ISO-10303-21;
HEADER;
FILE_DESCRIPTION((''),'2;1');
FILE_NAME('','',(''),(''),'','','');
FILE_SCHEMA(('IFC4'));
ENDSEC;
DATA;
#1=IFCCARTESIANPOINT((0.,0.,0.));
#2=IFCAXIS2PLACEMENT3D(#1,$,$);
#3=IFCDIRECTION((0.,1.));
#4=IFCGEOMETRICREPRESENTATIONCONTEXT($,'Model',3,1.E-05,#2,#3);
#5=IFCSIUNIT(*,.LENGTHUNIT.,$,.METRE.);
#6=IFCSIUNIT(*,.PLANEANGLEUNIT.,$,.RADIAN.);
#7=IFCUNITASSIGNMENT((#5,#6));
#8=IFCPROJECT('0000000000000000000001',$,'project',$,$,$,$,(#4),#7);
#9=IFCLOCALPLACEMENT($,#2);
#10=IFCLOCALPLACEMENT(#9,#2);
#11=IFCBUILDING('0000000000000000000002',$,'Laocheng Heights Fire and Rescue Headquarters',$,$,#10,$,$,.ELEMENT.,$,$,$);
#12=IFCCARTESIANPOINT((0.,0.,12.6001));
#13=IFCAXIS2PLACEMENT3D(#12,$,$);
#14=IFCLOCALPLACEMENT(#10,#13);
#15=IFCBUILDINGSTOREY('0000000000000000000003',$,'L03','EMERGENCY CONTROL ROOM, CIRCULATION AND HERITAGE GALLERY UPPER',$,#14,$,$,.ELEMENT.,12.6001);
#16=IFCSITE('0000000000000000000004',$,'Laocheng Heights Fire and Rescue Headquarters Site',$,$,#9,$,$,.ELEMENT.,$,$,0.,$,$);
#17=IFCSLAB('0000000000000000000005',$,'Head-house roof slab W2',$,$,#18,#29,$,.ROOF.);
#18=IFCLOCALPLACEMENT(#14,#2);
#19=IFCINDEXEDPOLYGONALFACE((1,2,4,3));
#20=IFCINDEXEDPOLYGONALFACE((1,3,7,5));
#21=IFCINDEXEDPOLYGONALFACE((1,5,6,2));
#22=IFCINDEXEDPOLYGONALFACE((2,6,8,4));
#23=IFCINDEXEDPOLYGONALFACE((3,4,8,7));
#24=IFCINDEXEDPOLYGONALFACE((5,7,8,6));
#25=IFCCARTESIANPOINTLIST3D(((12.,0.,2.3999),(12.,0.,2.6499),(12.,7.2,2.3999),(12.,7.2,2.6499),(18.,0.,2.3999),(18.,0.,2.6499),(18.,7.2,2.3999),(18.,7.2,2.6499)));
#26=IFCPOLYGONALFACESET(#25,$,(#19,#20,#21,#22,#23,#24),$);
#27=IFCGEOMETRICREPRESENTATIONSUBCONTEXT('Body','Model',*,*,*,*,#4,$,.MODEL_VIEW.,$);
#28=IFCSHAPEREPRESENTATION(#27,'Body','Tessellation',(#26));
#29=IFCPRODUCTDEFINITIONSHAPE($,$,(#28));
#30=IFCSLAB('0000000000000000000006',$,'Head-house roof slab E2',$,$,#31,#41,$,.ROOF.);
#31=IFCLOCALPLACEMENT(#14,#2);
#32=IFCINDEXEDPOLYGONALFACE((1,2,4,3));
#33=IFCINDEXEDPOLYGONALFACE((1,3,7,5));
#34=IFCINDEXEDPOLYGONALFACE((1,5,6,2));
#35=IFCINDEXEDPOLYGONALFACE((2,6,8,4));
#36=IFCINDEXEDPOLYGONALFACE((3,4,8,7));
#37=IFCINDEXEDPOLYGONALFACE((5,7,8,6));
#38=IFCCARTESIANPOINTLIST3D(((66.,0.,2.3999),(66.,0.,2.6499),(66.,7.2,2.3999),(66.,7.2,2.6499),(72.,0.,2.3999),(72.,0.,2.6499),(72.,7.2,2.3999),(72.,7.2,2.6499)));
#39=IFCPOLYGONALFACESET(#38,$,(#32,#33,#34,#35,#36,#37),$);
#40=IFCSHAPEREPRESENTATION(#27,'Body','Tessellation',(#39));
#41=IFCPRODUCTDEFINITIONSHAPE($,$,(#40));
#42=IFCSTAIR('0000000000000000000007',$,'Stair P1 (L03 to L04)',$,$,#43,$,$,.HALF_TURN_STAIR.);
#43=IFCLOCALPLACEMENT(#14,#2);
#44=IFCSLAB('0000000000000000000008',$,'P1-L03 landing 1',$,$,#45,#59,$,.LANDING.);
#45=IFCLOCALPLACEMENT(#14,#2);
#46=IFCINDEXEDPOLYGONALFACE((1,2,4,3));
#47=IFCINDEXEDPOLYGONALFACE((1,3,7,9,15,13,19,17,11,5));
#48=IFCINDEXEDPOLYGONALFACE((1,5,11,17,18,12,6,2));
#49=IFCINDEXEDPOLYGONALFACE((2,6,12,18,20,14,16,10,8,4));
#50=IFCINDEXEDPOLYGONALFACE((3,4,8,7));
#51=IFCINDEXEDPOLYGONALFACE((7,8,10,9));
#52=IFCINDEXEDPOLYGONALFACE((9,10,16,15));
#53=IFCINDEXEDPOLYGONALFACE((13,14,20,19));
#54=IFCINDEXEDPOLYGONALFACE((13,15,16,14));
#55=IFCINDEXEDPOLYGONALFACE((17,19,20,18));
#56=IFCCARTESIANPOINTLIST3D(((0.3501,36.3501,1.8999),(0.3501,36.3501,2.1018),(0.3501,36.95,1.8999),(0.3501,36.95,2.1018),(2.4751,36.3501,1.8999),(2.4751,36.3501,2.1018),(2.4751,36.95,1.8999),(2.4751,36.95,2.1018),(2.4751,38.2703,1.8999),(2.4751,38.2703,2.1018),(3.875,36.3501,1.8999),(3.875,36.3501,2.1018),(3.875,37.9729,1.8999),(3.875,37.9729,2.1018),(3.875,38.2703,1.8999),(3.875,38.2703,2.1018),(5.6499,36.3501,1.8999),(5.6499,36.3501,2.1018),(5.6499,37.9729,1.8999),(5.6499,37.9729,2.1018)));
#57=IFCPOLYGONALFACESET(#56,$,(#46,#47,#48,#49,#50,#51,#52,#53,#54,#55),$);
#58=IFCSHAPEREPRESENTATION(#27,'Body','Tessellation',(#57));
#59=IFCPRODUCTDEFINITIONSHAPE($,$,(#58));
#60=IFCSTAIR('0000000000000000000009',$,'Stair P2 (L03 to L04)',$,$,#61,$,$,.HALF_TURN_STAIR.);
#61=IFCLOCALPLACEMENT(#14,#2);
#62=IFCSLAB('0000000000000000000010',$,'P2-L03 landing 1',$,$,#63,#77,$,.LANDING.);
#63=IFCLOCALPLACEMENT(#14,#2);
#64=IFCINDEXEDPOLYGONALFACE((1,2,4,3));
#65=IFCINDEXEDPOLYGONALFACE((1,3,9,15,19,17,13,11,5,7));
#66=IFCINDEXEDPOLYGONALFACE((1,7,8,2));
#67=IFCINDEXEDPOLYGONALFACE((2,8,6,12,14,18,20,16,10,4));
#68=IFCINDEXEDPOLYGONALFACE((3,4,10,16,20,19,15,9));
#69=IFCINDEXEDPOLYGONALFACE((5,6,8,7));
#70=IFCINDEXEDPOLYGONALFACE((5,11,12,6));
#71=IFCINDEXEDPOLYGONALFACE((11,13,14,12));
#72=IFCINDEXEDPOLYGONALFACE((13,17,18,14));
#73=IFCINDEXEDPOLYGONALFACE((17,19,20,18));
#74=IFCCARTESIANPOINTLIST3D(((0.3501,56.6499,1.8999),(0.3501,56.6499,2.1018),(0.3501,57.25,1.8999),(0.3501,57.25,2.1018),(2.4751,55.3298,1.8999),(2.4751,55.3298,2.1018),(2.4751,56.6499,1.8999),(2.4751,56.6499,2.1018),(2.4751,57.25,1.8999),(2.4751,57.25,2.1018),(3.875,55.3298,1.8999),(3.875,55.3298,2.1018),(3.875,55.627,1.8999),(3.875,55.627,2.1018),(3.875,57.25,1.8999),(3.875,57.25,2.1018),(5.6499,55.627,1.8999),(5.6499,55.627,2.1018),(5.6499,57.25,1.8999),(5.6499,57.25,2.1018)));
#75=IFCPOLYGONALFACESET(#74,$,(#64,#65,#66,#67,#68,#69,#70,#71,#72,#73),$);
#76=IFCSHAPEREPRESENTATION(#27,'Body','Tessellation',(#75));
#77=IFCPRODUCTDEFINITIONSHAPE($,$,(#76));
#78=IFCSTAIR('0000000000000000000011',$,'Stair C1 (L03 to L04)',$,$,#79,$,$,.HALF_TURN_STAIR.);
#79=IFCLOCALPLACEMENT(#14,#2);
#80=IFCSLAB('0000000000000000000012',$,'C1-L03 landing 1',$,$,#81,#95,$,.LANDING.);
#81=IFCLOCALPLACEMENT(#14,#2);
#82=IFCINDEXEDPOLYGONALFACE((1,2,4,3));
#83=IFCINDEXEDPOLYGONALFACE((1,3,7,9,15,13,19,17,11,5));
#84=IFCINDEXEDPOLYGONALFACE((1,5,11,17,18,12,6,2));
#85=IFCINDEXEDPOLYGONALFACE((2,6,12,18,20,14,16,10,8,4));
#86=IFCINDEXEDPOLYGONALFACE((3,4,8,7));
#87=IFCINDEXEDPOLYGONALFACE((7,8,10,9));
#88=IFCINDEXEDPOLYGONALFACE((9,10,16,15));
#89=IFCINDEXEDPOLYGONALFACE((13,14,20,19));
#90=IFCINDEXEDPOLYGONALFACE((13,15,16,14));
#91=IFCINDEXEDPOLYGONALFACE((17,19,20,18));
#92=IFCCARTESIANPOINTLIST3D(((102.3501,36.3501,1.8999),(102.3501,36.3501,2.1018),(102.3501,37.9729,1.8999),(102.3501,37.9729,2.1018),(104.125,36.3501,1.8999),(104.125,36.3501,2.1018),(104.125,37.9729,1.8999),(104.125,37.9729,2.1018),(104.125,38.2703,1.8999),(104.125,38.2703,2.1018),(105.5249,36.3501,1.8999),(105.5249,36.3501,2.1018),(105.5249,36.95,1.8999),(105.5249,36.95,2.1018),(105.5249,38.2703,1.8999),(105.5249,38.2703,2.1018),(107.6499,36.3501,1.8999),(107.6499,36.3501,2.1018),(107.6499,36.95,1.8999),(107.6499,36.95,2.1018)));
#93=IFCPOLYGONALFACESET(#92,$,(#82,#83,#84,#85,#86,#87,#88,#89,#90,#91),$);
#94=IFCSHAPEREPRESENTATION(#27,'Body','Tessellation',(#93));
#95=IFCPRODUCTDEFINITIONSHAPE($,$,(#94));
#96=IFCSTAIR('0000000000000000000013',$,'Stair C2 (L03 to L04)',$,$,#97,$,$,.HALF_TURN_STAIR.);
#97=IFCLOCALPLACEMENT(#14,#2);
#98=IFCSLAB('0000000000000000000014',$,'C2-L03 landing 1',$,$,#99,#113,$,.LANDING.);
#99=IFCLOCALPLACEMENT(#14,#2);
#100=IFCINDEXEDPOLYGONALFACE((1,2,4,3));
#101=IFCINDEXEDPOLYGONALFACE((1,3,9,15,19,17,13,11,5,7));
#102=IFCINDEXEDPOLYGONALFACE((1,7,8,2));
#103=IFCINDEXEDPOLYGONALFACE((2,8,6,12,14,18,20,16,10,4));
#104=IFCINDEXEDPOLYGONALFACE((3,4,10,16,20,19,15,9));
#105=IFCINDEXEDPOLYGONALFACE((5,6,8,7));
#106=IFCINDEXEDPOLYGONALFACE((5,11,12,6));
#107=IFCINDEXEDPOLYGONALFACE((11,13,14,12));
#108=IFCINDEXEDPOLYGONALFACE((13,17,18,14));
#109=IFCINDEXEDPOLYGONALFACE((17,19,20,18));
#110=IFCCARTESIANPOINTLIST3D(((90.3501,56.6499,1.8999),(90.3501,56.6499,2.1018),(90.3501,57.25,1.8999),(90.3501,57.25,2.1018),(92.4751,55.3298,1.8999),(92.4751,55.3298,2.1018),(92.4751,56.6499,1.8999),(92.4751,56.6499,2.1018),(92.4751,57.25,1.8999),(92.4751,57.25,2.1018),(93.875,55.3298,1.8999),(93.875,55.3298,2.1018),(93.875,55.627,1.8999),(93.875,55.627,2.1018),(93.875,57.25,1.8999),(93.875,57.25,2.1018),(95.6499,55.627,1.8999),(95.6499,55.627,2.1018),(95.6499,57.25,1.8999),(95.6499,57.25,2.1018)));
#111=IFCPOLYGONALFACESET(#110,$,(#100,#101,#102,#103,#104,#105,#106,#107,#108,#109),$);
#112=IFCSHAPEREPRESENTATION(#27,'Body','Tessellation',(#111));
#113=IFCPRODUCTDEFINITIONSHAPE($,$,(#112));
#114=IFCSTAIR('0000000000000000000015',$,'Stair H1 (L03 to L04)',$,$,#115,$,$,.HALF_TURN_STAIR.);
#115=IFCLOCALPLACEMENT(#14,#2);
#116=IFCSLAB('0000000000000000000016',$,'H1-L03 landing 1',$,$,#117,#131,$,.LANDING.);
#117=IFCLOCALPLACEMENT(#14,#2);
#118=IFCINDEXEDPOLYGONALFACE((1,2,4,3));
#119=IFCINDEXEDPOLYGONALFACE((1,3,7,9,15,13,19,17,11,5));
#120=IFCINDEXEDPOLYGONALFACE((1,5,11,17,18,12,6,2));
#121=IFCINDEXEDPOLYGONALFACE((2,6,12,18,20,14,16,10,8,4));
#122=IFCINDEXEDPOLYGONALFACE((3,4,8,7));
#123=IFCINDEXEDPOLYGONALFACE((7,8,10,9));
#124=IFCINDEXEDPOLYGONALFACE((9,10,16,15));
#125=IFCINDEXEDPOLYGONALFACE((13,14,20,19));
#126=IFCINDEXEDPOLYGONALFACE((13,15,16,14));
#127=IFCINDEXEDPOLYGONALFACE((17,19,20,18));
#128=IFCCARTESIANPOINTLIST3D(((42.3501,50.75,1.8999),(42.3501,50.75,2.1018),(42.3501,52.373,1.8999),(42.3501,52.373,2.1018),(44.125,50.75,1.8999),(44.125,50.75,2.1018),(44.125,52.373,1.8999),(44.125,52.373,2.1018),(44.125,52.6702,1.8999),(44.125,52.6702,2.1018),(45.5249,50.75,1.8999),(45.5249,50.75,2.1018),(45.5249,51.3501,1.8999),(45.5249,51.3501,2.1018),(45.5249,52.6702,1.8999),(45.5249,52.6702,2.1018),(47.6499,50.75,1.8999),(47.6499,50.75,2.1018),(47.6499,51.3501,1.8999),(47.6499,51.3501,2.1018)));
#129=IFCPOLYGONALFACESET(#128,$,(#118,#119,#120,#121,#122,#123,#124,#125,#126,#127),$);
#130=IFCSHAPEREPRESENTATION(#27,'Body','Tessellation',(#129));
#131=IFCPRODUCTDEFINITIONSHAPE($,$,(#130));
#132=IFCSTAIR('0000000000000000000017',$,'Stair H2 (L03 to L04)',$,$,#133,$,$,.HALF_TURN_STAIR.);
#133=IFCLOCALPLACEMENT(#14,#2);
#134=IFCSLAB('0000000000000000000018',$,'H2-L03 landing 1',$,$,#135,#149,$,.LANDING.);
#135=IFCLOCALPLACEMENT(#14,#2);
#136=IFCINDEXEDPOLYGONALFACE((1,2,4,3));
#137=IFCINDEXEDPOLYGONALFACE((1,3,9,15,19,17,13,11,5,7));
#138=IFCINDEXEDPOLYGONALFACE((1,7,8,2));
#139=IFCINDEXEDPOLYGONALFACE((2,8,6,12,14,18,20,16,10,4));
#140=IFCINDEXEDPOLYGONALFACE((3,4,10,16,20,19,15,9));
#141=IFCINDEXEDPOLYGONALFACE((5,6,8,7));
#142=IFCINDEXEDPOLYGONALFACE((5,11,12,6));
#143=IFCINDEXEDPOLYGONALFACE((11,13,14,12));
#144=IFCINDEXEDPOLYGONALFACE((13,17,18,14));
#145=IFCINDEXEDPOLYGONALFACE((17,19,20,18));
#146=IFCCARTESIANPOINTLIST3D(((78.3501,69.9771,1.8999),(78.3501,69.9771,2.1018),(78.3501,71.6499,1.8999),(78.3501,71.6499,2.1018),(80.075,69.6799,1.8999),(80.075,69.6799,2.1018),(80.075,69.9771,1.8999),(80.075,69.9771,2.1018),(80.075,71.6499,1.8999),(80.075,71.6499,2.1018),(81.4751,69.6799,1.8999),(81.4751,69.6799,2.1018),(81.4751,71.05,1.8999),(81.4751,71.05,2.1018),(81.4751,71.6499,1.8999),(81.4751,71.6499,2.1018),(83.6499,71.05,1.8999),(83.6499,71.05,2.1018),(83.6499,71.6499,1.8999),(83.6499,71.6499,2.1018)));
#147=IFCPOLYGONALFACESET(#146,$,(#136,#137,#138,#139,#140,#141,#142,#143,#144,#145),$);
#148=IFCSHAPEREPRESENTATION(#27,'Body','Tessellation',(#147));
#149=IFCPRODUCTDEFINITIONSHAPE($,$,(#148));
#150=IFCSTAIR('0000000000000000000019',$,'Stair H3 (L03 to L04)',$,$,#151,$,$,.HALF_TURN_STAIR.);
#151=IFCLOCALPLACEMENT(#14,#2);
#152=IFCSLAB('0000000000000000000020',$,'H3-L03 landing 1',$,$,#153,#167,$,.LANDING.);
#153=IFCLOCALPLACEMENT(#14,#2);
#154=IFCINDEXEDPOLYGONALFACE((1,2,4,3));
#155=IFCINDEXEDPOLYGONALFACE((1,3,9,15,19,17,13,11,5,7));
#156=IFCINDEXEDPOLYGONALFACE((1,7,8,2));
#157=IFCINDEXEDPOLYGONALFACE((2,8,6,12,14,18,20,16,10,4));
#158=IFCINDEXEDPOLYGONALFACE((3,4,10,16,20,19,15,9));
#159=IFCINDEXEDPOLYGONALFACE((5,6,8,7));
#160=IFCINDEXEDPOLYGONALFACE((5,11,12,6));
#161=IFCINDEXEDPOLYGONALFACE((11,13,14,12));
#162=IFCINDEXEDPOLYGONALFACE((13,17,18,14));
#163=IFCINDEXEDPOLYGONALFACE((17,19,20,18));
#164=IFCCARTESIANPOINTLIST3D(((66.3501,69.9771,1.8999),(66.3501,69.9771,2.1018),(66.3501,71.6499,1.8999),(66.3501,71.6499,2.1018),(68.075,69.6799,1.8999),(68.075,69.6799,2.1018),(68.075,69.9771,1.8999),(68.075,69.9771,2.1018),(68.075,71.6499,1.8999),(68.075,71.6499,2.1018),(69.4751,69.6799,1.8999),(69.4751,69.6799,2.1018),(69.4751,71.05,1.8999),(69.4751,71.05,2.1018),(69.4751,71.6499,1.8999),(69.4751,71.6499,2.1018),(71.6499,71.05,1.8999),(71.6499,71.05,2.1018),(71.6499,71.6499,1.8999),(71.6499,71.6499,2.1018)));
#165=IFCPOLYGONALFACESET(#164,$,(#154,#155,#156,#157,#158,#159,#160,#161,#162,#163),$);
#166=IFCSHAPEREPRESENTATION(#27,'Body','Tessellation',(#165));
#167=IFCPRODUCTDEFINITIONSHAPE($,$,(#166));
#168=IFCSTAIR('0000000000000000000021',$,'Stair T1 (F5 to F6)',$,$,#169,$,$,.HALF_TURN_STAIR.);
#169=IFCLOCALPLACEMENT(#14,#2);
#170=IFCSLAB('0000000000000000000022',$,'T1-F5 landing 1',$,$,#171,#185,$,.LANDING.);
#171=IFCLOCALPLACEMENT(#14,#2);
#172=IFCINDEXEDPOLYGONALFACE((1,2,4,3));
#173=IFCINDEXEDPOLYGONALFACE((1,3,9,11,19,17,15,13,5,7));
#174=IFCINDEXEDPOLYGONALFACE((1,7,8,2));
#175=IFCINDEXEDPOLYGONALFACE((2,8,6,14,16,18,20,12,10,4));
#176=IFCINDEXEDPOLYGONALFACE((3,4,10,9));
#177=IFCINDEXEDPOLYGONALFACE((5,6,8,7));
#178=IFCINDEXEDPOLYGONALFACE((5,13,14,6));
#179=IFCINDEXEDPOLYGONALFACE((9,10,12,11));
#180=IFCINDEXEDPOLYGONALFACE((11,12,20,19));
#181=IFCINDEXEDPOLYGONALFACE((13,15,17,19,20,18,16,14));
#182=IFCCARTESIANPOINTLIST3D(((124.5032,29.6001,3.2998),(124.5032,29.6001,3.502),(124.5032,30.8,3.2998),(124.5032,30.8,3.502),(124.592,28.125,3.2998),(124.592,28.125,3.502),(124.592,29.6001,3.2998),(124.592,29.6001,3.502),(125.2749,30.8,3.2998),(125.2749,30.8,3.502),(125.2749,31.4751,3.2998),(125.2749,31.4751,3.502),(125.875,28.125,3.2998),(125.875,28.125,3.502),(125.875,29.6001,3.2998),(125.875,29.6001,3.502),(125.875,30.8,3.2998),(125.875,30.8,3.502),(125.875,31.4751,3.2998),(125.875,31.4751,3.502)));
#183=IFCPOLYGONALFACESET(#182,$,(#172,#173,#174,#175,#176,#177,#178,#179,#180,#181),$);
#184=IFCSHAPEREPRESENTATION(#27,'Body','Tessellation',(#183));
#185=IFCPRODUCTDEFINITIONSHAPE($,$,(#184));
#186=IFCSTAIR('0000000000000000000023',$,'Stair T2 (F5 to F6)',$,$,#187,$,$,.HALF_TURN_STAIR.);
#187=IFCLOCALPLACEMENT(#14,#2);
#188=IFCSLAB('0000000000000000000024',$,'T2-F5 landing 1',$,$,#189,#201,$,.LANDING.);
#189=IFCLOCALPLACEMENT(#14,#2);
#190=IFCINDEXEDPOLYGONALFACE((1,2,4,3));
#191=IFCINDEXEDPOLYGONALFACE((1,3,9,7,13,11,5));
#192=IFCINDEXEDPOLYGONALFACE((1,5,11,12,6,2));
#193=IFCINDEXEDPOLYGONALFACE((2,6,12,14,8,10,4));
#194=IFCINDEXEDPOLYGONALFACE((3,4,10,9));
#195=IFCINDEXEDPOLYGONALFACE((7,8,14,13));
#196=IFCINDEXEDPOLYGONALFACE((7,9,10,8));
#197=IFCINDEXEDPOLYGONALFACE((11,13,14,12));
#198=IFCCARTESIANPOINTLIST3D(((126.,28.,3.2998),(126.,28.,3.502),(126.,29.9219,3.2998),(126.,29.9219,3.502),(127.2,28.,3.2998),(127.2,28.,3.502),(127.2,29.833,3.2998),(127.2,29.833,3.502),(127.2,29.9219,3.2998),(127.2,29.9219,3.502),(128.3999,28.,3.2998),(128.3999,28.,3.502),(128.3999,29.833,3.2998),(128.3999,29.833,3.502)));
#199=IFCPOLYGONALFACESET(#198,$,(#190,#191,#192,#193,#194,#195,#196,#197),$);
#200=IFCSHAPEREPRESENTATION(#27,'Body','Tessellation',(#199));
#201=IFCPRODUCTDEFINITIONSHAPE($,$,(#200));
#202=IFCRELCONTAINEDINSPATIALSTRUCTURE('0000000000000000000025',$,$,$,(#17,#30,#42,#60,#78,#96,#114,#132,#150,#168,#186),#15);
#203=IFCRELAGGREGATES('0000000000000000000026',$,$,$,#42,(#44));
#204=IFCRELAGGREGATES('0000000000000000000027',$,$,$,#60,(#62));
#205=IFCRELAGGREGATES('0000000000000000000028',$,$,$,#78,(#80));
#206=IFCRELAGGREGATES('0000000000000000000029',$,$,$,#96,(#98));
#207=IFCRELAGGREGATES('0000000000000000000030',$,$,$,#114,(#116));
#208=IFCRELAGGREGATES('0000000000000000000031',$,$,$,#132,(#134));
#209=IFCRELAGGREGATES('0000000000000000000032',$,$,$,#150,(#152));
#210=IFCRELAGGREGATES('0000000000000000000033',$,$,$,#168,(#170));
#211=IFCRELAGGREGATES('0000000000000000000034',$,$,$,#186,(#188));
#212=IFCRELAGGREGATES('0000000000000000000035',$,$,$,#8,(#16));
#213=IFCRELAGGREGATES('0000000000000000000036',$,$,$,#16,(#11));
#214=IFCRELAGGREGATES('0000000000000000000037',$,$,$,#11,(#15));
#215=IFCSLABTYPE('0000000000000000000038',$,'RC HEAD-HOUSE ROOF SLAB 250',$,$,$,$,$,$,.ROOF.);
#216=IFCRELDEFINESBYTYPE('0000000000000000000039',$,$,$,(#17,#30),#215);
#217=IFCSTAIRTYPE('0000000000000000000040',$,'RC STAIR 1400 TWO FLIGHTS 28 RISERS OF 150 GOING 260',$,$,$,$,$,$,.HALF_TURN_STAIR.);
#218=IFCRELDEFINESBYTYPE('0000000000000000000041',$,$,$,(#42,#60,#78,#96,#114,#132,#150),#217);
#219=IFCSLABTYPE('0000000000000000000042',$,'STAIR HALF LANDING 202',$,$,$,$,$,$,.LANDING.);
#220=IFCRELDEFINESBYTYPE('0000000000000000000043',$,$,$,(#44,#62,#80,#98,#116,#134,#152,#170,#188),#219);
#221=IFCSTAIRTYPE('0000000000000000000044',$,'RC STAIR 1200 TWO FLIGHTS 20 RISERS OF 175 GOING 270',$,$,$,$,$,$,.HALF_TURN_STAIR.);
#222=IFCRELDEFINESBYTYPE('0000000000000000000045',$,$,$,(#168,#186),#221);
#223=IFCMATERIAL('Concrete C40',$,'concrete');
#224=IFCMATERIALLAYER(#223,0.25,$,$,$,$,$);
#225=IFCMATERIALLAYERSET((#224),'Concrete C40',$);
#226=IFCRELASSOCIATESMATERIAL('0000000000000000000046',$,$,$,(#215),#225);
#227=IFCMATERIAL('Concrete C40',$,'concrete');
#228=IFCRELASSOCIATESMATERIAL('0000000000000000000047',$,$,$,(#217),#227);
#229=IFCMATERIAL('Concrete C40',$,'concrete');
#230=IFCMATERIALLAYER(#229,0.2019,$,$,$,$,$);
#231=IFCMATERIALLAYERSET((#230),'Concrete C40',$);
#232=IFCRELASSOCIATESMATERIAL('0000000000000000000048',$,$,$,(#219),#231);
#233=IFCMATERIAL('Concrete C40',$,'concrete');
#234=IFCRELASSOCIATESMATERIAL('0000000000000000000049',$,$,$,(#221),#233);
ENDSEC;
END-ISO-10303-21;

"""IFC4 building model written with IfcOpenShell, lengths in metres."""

from ifc_helpers import new_model, si_unit, direction, frame, origin, place, context, subcontext, project, spatial, polyline, outline, extrude, material, layer, layer_set, type_object, element, aggregate, save


model = new_model("IFC4")

# Units and contexts
model_context = context("Model", 3, precision=1e-05, world=origin(), true_north=direction((0.0, 1.0)))
body_context = subcontext(model_context, "Body", "Model", "MODEL_VIEW")
ifc_project = project(units=[si_unit("LENGTHUNIT", "METRE"), si_unit("PLANEANGLEUNIT", "RADIAN")], contexts=[model_context])

# Site, building, storey
site_placement = place(None, origin())
site = spatial("IfcSite", under=ifc_project, at=site_placement, Name="Laocheng Heights Fire and Rescue Headquarters Site", CompositionType="ELEMENT", RefElevation=0.0)
building_placement = place(site_placement, origin())
building = spatial("IfcBuilding", under=site, at=building_placement, Name="Laocheng Heights Fire and Rescue Headquarters", CompositionType="ELEMENT")
storey_placement = place(building_placement, frame((0.0, 0.0, 12.6001)))
storey = spatial("IfcBuildingStorey", under=building, at=storey_placement, Name="L03", Description="EMERGENCY CONTROL ROOM, CIRCULATION AND HERITAGE GALLERY UPPER", CompositionType="ELEMENT", Elevation=12.6001)

# Slabs
ifc_material_1 = material(Name="Concrete C40", Category="concrete")
ifc_layer_1 = layer(ifc_material_1, 0.25)
ifc_layer_set_1 = layer_set([ifc_layer_1], Name="Concrete C40")
slab_type_1 = type_object("IfcSlabType", Name="RC HEAD-HOUSE ROOF SLAB 250", PredefinedType="ROOF", material=ifc_layer_set_1)
slab_1_placement = place(storey_placement, frame((0.0, 0.0, 2.3999)))
element("IfcSlab", 1, at=slab_1_placement, inside=storey, type_object=slab_type_1, Name="Head-house roof slab W2", PredefinedType="ROOF", context=body_context, shape_type="SweptSolid", body=[
    extrude(outline(polyline([(12.0, 0.0), (18.0, 0.0), (18.0, 7.2), (12.0, 7.2), (12.0, 0.0)])), origin(), (0.0, 0.0, 1.0), 0.25),
])
slab_2_placement = place(storey_placement, frame((0.0, 0.0, 2.3999)))
element("IfcSlab", 2, at=slab_2_placement, inside=storey, type_object=slab_type_1, Name="Head-house roof slab E2", PredefinedType="ROOF", context=body_context, shape_type="SweptSolid", body=[
    extrude(outline(polyline([(66.0, 0.0), (72.0, 0.0), (72.0, 7.2), (66.0, 7.2), (66.0, 0.0)])), origin(), (0.0, 0.0, 1.0), 0.25),
])

# Stairs, slabs
ifc_material_2 = material(Name="Concrete C40", Category="concrete")
stair_type_1 = type_object("IfcStairType", Name="RC STAIR 1400 TWO FLIGHTS 28 RISERS OF 150 GOING 260", PredefinedType="HALF_TURN_STAIR", material=ifc_material_2)
stair_1_placement = place(storey_placement, origin())
stair_1 = element("IfcStair", 3, at=stair_1_placement, inside=storey, type_object=stair_type_1, Name="Stair P1 (L03 to L04)", PredefinedType="HALF_TURN_STAIR")
ifc_material_3 = material(Name="Concrete C40", Category="concrete")
ifc_layer_2 = layer(ifc_material_3, 0.2019)
ifc_layer_set_2 = layer_set([ifc_layer_2], Name="Concrete C40")
slab_type_2 = type_object("IfcSlabType", Name="STAIR HALF LANDING 202", PredefinedType="LANDING", material=ifc_layer_set_2)
slab_3_placement = place(storey_placement, frame((0.0, 0.0, 1.8999)))
slab_3 = element("IfcSlab", 4, at=slab_3_placement, type_object=slab_type_2, Name="P1-L03 landing 1", PredefinedType="LANDING", context=body_context, shape_type="SweptSolid", body=[
    extrude(outline(polyline([(0.3501, 36.95), (0.3501, 36.3501), (2.4751, 36.3501), (3.875, 36.3501), (5.6499, 36.3501), (5.6499, 37.9729), (3.875, 37.9729), (3.875, 38.2703), (2.4751, 38.2703), (2.4751, 36.95), (0.3501, 36.95)])), origin(), (0.0, 0.0, 1.0), 0.2019),
])
aggregate(stair_1, [slab_3])
stair_2_placement = place(storey_placement, origin())
stair_2 = element("IfcStair", 5, at=stair_2_placement, inside=storey, type_object=stair_type_1, Name="Stair P2 (L03 to L04)", PredefinedType="HALF_TURN_STAIR")
slab_4_placement = place(storey_placement, frame((0.0, 0.0, 1.8999)))
slab_4 = element("IfcSlab", 6, at=slab_4_placement, type_object=slab_type_2, Name="P2-L03 landing 1", PredefinedType="LANDING", context=body_context, shape_type="SweptSolid", body=[
    extrude(outline(polyline([(0.3501, 56.6499), (0.3501, 57.25), (2.4751, 57.25), (3.875, 57.25), (5.6499, 57.25), (5.6499, 55.627), (3.875, 55.627), (3.875, 55.3298), (2.4751, 55.3298), (2.4751, 56.6499), (0.3501, 56.6499)])), origin(), (0.0, 0.0, 1.0), 0.2019),
])
aggregate(stair_2, [slab_4])
stair_3_placement = place(storey_placement, origin())
stair_3 = element("IfcStair", 7, at=stair_3_placement, inside=storey, type_object=stair_type_1, Name="Stair C1 (L03 to L04)", PredefinedType="HALF_TURN_STAIR")
slab_5_placement = place(storey_placement, frame((0.0, 0.0, 1.8999)))
slab_5 = element("IfcSlab", 8, at=slab_5_placement, type_object=slab_type_2, Name="C1-L03 landing 1", PredefinedType="LANDING", context=body_context, shape_type="SweptSolid", body=[
    extrude(outline(polyline([(107.6499, 36.95), (107.6499, 36.3501), (105.5249, 36.3501), (104.125, 36.3501), (102.3501, 36.3501), (102.3501, 37.9729), (104.125, 37.9729), (104.125, 38.2703), (105.5249, 38.2703), (105.5249, 36.95), (107.6499, 36.95)])), origin(), (0.0, 0.0, 1.0), 0.2019),
])
aggregate(stair_3, [slab_5])
stair_4_placement = place(storey_placement, origin())
stair_4 = element("IfcStair", 9, at=stair_4_placement, inside=storey, type_object=stair_type_1, Name="Stair C2 (L03 to L04)", PredefinedType="HALF_TURN_STAIR")
slab_6_placement = place(storey_placement, frame((0.0, 0.0, 1.8999)))
slab_6 = element("IfcSlab", 10, at=slab_6_placement, type_object=slab_type_2, Name="C2-L03 landing 1", PredefinedType="LANDING", context=body_context, shape_type="SweptSolid", body=[
    extrude(outline(polyline([(90.3501, 56.6499), (90.3501, 57.25), (92.4751, 57.25), (93.875, 57.25), (95.6499, 57.25), (95.6499, 55.627), (93.875, 55.627), (93.875, 55.3298), (92.4751, 55.3298), (92.4751, 56.6499), (90.3501, 56.6499)])), origin(), (0.0, 0.0, 1.0), 0.2019),
])
aggregate(stair_4, [slab_6])
stair_5_placement = place(storey_placement, origin())
stair_5 = element("IfcStair", 11, at=stair_5_placement, inside=storey, type_object=stair_type_1, Name="Stair H1 (L03 to L04)", PredefinedType="HALF_TURN_STAIR")
slab_7_placement = place(storey_placement, frame((0.0, 0.0, 1.8999)))
slab_7 = element("IfcSlab", 12, at=slab_7_placement, type_object=slab_type_2, Name="H1-L03 landing 1", PredefinedType="LANDING", context=body_context, shape_type="SweptSolid", body=[
    extrude(outline(polyline([(47.6499, 51.3501), (47.6499, 50.75), (45.5249, 50.75), (44.125, 50.75), (42.3501, 50.75), (42.3501, 52.373), (44.125, 52.373), (44.125, 52.6702), (45.5249, 52.6702), (45.5249, 51.3501), (47.6499, 51.3501)])), origin(), (0.0, 0.0, 1.0), 0.2019),
])
aggregate(stair_5, [slab_7])
stair_6_placement = place(storey_placement, origin())
stair_6 = element("IfcStair", 13, at=stair_6_placement, inside=storey, type_object=stair_type_1, Name="Stair H2 (L03 to L04)", PredefinedType="HALF_TURN_STAIR")
slab_8_placement = place(storey_placement, frame((0.0, 0.0, 1.8999)))
slab_8 = element("IfcSlab", 14, at=slab_8_placement, type_object=slab_type_2, Name="H2-L03 landing 1", PredefinedType="LANDING", context=body_context, shape_type="SweptSolid", body=[
    extrude(outline(polyline([(83.6499, 71.05), (83.6499, 71.6499), (81.4751, 71.6499), (80.075, 71.6499), (78.3501, 71.6499), (78.3501, 69.9771), (80.075, 69.9771), (80.075, 69.6799), (81.4751, 69.6799), (81.4751, 71.05), (83.6499, 71.05)])), origin(), (0.0, 0.0, 1.0), 0.2019),
])
aggregate(stair_6, [slab_8])
stair_7_placement = place(storey_placement, origin())
stair_7 = element("IfcStair", 15, at=stair_7_placement, inside=storey, type_object=stair_type_1, Name="Stair H3 (L03 to L04)", PredefinedType="HALF_TURN_STAIR")
slab_9_placement = place(storey_placement, frame((0.0, 0.0, 1.8999)))
slab_9 = element("IfcSlab", 16, at=slab_9_placement, type_object=slab_type_2, Name="H3-L03 landing 1", PredefinedType="LANDING", context=body_context, shape_type="SweptSolid", body=[
    extrude(outline(polyline([(71.6499, 71.05), (71.6499, 71.6499), (69.4751, 71.6499), (68.075, 71.6499), (66.3501, 71.6499), (66.3501, 69.9771), (68.075, 69.9771), (68.075, 69.6799), (69.4751, 69.6799), (69.4751, 71.05), (71.6499, 71.05)])), origin(), (0.0, 0.0, 1.0), 0.2019),
])
aggregate(stair_7, [slab_9])
ifc_material_4 = material(Name="Concrete C40", Category="concrete")
stair_type_2 = type_object("IfcStairType", Name="RC STAIR 1200 TWO FLIGHTS 20 RISERS OF 175 GOING 270", PredefinedType="HALF_TURN_STAIR", material=ifc_material_4)
stair_8_placement = place(storey_placement, origin())
stair_8 = element("IfcStair", 17, at=stair_8_placement, inside=storey, type_object=stair_type_2, Name="Stair T1 (F5 to F6)", PredefinedType="HALF_TURN_STAIR")
slab_10_placement = place(storey_placement, frame((0.0, 0.0, 3.2998)))
slab_10 = element("IfcSlab", 18, at=slab_10_placement, type_object=slab_type_2, Name="T1-F5 landing 1", PredefinedType="LANDING", context=body_context, shape_type="SweptSolid", body=[
    extrude(outline(polyline([(125.2749, 31.4751), (125.875, 31.4751), (125.875, 30.8), (125.875, 29.6001), (125.875, 28.125), (124.592, 28.125), (124.592, 29.6001), (124.5032, 29.6001), (124.5032, 30.8), (125.2749, 30.8), (125.2749, 31.4751)])), origin(), (0.0, 0.0, 1.0), 0.2021),
])
aggregate(stair_8, [slab_10])
stair_9_placement = place(storey_placement, origin())
stair_9 = element("IfcStair", 19, at=stair_9_placement, inside=storey, type_object=stair_type_2, Name="Stair T2 (F5 to F6)", PredefinedType="HALF_TURN_STAIR")
slab_11_placement = place(storey_placement, frame((0.0, 0.0, 3.2998)))
slab_11 = element("IfcSlab", 20, at=slab_11_placement, type_object=slab_type_2, Name="T2-F5 landing 1", PredefinedType="LANDING", context=body_context, shape_type="SweptSolid", body=[
    extrude(outline(polyline([(128.3999, 28.0), (128.3999, 29.833), (127.2, 29.833), (127.2, 29.9219), (126.0, 29.9219), (126.0, 28.0), (127.2, 28.0), (128.3999, 28.0)])), origin(), (0.0, 0.0, 1.0), 0.2021),
])
aggregate(stair_9, [slab_11])

save(model, "model.ifc")
